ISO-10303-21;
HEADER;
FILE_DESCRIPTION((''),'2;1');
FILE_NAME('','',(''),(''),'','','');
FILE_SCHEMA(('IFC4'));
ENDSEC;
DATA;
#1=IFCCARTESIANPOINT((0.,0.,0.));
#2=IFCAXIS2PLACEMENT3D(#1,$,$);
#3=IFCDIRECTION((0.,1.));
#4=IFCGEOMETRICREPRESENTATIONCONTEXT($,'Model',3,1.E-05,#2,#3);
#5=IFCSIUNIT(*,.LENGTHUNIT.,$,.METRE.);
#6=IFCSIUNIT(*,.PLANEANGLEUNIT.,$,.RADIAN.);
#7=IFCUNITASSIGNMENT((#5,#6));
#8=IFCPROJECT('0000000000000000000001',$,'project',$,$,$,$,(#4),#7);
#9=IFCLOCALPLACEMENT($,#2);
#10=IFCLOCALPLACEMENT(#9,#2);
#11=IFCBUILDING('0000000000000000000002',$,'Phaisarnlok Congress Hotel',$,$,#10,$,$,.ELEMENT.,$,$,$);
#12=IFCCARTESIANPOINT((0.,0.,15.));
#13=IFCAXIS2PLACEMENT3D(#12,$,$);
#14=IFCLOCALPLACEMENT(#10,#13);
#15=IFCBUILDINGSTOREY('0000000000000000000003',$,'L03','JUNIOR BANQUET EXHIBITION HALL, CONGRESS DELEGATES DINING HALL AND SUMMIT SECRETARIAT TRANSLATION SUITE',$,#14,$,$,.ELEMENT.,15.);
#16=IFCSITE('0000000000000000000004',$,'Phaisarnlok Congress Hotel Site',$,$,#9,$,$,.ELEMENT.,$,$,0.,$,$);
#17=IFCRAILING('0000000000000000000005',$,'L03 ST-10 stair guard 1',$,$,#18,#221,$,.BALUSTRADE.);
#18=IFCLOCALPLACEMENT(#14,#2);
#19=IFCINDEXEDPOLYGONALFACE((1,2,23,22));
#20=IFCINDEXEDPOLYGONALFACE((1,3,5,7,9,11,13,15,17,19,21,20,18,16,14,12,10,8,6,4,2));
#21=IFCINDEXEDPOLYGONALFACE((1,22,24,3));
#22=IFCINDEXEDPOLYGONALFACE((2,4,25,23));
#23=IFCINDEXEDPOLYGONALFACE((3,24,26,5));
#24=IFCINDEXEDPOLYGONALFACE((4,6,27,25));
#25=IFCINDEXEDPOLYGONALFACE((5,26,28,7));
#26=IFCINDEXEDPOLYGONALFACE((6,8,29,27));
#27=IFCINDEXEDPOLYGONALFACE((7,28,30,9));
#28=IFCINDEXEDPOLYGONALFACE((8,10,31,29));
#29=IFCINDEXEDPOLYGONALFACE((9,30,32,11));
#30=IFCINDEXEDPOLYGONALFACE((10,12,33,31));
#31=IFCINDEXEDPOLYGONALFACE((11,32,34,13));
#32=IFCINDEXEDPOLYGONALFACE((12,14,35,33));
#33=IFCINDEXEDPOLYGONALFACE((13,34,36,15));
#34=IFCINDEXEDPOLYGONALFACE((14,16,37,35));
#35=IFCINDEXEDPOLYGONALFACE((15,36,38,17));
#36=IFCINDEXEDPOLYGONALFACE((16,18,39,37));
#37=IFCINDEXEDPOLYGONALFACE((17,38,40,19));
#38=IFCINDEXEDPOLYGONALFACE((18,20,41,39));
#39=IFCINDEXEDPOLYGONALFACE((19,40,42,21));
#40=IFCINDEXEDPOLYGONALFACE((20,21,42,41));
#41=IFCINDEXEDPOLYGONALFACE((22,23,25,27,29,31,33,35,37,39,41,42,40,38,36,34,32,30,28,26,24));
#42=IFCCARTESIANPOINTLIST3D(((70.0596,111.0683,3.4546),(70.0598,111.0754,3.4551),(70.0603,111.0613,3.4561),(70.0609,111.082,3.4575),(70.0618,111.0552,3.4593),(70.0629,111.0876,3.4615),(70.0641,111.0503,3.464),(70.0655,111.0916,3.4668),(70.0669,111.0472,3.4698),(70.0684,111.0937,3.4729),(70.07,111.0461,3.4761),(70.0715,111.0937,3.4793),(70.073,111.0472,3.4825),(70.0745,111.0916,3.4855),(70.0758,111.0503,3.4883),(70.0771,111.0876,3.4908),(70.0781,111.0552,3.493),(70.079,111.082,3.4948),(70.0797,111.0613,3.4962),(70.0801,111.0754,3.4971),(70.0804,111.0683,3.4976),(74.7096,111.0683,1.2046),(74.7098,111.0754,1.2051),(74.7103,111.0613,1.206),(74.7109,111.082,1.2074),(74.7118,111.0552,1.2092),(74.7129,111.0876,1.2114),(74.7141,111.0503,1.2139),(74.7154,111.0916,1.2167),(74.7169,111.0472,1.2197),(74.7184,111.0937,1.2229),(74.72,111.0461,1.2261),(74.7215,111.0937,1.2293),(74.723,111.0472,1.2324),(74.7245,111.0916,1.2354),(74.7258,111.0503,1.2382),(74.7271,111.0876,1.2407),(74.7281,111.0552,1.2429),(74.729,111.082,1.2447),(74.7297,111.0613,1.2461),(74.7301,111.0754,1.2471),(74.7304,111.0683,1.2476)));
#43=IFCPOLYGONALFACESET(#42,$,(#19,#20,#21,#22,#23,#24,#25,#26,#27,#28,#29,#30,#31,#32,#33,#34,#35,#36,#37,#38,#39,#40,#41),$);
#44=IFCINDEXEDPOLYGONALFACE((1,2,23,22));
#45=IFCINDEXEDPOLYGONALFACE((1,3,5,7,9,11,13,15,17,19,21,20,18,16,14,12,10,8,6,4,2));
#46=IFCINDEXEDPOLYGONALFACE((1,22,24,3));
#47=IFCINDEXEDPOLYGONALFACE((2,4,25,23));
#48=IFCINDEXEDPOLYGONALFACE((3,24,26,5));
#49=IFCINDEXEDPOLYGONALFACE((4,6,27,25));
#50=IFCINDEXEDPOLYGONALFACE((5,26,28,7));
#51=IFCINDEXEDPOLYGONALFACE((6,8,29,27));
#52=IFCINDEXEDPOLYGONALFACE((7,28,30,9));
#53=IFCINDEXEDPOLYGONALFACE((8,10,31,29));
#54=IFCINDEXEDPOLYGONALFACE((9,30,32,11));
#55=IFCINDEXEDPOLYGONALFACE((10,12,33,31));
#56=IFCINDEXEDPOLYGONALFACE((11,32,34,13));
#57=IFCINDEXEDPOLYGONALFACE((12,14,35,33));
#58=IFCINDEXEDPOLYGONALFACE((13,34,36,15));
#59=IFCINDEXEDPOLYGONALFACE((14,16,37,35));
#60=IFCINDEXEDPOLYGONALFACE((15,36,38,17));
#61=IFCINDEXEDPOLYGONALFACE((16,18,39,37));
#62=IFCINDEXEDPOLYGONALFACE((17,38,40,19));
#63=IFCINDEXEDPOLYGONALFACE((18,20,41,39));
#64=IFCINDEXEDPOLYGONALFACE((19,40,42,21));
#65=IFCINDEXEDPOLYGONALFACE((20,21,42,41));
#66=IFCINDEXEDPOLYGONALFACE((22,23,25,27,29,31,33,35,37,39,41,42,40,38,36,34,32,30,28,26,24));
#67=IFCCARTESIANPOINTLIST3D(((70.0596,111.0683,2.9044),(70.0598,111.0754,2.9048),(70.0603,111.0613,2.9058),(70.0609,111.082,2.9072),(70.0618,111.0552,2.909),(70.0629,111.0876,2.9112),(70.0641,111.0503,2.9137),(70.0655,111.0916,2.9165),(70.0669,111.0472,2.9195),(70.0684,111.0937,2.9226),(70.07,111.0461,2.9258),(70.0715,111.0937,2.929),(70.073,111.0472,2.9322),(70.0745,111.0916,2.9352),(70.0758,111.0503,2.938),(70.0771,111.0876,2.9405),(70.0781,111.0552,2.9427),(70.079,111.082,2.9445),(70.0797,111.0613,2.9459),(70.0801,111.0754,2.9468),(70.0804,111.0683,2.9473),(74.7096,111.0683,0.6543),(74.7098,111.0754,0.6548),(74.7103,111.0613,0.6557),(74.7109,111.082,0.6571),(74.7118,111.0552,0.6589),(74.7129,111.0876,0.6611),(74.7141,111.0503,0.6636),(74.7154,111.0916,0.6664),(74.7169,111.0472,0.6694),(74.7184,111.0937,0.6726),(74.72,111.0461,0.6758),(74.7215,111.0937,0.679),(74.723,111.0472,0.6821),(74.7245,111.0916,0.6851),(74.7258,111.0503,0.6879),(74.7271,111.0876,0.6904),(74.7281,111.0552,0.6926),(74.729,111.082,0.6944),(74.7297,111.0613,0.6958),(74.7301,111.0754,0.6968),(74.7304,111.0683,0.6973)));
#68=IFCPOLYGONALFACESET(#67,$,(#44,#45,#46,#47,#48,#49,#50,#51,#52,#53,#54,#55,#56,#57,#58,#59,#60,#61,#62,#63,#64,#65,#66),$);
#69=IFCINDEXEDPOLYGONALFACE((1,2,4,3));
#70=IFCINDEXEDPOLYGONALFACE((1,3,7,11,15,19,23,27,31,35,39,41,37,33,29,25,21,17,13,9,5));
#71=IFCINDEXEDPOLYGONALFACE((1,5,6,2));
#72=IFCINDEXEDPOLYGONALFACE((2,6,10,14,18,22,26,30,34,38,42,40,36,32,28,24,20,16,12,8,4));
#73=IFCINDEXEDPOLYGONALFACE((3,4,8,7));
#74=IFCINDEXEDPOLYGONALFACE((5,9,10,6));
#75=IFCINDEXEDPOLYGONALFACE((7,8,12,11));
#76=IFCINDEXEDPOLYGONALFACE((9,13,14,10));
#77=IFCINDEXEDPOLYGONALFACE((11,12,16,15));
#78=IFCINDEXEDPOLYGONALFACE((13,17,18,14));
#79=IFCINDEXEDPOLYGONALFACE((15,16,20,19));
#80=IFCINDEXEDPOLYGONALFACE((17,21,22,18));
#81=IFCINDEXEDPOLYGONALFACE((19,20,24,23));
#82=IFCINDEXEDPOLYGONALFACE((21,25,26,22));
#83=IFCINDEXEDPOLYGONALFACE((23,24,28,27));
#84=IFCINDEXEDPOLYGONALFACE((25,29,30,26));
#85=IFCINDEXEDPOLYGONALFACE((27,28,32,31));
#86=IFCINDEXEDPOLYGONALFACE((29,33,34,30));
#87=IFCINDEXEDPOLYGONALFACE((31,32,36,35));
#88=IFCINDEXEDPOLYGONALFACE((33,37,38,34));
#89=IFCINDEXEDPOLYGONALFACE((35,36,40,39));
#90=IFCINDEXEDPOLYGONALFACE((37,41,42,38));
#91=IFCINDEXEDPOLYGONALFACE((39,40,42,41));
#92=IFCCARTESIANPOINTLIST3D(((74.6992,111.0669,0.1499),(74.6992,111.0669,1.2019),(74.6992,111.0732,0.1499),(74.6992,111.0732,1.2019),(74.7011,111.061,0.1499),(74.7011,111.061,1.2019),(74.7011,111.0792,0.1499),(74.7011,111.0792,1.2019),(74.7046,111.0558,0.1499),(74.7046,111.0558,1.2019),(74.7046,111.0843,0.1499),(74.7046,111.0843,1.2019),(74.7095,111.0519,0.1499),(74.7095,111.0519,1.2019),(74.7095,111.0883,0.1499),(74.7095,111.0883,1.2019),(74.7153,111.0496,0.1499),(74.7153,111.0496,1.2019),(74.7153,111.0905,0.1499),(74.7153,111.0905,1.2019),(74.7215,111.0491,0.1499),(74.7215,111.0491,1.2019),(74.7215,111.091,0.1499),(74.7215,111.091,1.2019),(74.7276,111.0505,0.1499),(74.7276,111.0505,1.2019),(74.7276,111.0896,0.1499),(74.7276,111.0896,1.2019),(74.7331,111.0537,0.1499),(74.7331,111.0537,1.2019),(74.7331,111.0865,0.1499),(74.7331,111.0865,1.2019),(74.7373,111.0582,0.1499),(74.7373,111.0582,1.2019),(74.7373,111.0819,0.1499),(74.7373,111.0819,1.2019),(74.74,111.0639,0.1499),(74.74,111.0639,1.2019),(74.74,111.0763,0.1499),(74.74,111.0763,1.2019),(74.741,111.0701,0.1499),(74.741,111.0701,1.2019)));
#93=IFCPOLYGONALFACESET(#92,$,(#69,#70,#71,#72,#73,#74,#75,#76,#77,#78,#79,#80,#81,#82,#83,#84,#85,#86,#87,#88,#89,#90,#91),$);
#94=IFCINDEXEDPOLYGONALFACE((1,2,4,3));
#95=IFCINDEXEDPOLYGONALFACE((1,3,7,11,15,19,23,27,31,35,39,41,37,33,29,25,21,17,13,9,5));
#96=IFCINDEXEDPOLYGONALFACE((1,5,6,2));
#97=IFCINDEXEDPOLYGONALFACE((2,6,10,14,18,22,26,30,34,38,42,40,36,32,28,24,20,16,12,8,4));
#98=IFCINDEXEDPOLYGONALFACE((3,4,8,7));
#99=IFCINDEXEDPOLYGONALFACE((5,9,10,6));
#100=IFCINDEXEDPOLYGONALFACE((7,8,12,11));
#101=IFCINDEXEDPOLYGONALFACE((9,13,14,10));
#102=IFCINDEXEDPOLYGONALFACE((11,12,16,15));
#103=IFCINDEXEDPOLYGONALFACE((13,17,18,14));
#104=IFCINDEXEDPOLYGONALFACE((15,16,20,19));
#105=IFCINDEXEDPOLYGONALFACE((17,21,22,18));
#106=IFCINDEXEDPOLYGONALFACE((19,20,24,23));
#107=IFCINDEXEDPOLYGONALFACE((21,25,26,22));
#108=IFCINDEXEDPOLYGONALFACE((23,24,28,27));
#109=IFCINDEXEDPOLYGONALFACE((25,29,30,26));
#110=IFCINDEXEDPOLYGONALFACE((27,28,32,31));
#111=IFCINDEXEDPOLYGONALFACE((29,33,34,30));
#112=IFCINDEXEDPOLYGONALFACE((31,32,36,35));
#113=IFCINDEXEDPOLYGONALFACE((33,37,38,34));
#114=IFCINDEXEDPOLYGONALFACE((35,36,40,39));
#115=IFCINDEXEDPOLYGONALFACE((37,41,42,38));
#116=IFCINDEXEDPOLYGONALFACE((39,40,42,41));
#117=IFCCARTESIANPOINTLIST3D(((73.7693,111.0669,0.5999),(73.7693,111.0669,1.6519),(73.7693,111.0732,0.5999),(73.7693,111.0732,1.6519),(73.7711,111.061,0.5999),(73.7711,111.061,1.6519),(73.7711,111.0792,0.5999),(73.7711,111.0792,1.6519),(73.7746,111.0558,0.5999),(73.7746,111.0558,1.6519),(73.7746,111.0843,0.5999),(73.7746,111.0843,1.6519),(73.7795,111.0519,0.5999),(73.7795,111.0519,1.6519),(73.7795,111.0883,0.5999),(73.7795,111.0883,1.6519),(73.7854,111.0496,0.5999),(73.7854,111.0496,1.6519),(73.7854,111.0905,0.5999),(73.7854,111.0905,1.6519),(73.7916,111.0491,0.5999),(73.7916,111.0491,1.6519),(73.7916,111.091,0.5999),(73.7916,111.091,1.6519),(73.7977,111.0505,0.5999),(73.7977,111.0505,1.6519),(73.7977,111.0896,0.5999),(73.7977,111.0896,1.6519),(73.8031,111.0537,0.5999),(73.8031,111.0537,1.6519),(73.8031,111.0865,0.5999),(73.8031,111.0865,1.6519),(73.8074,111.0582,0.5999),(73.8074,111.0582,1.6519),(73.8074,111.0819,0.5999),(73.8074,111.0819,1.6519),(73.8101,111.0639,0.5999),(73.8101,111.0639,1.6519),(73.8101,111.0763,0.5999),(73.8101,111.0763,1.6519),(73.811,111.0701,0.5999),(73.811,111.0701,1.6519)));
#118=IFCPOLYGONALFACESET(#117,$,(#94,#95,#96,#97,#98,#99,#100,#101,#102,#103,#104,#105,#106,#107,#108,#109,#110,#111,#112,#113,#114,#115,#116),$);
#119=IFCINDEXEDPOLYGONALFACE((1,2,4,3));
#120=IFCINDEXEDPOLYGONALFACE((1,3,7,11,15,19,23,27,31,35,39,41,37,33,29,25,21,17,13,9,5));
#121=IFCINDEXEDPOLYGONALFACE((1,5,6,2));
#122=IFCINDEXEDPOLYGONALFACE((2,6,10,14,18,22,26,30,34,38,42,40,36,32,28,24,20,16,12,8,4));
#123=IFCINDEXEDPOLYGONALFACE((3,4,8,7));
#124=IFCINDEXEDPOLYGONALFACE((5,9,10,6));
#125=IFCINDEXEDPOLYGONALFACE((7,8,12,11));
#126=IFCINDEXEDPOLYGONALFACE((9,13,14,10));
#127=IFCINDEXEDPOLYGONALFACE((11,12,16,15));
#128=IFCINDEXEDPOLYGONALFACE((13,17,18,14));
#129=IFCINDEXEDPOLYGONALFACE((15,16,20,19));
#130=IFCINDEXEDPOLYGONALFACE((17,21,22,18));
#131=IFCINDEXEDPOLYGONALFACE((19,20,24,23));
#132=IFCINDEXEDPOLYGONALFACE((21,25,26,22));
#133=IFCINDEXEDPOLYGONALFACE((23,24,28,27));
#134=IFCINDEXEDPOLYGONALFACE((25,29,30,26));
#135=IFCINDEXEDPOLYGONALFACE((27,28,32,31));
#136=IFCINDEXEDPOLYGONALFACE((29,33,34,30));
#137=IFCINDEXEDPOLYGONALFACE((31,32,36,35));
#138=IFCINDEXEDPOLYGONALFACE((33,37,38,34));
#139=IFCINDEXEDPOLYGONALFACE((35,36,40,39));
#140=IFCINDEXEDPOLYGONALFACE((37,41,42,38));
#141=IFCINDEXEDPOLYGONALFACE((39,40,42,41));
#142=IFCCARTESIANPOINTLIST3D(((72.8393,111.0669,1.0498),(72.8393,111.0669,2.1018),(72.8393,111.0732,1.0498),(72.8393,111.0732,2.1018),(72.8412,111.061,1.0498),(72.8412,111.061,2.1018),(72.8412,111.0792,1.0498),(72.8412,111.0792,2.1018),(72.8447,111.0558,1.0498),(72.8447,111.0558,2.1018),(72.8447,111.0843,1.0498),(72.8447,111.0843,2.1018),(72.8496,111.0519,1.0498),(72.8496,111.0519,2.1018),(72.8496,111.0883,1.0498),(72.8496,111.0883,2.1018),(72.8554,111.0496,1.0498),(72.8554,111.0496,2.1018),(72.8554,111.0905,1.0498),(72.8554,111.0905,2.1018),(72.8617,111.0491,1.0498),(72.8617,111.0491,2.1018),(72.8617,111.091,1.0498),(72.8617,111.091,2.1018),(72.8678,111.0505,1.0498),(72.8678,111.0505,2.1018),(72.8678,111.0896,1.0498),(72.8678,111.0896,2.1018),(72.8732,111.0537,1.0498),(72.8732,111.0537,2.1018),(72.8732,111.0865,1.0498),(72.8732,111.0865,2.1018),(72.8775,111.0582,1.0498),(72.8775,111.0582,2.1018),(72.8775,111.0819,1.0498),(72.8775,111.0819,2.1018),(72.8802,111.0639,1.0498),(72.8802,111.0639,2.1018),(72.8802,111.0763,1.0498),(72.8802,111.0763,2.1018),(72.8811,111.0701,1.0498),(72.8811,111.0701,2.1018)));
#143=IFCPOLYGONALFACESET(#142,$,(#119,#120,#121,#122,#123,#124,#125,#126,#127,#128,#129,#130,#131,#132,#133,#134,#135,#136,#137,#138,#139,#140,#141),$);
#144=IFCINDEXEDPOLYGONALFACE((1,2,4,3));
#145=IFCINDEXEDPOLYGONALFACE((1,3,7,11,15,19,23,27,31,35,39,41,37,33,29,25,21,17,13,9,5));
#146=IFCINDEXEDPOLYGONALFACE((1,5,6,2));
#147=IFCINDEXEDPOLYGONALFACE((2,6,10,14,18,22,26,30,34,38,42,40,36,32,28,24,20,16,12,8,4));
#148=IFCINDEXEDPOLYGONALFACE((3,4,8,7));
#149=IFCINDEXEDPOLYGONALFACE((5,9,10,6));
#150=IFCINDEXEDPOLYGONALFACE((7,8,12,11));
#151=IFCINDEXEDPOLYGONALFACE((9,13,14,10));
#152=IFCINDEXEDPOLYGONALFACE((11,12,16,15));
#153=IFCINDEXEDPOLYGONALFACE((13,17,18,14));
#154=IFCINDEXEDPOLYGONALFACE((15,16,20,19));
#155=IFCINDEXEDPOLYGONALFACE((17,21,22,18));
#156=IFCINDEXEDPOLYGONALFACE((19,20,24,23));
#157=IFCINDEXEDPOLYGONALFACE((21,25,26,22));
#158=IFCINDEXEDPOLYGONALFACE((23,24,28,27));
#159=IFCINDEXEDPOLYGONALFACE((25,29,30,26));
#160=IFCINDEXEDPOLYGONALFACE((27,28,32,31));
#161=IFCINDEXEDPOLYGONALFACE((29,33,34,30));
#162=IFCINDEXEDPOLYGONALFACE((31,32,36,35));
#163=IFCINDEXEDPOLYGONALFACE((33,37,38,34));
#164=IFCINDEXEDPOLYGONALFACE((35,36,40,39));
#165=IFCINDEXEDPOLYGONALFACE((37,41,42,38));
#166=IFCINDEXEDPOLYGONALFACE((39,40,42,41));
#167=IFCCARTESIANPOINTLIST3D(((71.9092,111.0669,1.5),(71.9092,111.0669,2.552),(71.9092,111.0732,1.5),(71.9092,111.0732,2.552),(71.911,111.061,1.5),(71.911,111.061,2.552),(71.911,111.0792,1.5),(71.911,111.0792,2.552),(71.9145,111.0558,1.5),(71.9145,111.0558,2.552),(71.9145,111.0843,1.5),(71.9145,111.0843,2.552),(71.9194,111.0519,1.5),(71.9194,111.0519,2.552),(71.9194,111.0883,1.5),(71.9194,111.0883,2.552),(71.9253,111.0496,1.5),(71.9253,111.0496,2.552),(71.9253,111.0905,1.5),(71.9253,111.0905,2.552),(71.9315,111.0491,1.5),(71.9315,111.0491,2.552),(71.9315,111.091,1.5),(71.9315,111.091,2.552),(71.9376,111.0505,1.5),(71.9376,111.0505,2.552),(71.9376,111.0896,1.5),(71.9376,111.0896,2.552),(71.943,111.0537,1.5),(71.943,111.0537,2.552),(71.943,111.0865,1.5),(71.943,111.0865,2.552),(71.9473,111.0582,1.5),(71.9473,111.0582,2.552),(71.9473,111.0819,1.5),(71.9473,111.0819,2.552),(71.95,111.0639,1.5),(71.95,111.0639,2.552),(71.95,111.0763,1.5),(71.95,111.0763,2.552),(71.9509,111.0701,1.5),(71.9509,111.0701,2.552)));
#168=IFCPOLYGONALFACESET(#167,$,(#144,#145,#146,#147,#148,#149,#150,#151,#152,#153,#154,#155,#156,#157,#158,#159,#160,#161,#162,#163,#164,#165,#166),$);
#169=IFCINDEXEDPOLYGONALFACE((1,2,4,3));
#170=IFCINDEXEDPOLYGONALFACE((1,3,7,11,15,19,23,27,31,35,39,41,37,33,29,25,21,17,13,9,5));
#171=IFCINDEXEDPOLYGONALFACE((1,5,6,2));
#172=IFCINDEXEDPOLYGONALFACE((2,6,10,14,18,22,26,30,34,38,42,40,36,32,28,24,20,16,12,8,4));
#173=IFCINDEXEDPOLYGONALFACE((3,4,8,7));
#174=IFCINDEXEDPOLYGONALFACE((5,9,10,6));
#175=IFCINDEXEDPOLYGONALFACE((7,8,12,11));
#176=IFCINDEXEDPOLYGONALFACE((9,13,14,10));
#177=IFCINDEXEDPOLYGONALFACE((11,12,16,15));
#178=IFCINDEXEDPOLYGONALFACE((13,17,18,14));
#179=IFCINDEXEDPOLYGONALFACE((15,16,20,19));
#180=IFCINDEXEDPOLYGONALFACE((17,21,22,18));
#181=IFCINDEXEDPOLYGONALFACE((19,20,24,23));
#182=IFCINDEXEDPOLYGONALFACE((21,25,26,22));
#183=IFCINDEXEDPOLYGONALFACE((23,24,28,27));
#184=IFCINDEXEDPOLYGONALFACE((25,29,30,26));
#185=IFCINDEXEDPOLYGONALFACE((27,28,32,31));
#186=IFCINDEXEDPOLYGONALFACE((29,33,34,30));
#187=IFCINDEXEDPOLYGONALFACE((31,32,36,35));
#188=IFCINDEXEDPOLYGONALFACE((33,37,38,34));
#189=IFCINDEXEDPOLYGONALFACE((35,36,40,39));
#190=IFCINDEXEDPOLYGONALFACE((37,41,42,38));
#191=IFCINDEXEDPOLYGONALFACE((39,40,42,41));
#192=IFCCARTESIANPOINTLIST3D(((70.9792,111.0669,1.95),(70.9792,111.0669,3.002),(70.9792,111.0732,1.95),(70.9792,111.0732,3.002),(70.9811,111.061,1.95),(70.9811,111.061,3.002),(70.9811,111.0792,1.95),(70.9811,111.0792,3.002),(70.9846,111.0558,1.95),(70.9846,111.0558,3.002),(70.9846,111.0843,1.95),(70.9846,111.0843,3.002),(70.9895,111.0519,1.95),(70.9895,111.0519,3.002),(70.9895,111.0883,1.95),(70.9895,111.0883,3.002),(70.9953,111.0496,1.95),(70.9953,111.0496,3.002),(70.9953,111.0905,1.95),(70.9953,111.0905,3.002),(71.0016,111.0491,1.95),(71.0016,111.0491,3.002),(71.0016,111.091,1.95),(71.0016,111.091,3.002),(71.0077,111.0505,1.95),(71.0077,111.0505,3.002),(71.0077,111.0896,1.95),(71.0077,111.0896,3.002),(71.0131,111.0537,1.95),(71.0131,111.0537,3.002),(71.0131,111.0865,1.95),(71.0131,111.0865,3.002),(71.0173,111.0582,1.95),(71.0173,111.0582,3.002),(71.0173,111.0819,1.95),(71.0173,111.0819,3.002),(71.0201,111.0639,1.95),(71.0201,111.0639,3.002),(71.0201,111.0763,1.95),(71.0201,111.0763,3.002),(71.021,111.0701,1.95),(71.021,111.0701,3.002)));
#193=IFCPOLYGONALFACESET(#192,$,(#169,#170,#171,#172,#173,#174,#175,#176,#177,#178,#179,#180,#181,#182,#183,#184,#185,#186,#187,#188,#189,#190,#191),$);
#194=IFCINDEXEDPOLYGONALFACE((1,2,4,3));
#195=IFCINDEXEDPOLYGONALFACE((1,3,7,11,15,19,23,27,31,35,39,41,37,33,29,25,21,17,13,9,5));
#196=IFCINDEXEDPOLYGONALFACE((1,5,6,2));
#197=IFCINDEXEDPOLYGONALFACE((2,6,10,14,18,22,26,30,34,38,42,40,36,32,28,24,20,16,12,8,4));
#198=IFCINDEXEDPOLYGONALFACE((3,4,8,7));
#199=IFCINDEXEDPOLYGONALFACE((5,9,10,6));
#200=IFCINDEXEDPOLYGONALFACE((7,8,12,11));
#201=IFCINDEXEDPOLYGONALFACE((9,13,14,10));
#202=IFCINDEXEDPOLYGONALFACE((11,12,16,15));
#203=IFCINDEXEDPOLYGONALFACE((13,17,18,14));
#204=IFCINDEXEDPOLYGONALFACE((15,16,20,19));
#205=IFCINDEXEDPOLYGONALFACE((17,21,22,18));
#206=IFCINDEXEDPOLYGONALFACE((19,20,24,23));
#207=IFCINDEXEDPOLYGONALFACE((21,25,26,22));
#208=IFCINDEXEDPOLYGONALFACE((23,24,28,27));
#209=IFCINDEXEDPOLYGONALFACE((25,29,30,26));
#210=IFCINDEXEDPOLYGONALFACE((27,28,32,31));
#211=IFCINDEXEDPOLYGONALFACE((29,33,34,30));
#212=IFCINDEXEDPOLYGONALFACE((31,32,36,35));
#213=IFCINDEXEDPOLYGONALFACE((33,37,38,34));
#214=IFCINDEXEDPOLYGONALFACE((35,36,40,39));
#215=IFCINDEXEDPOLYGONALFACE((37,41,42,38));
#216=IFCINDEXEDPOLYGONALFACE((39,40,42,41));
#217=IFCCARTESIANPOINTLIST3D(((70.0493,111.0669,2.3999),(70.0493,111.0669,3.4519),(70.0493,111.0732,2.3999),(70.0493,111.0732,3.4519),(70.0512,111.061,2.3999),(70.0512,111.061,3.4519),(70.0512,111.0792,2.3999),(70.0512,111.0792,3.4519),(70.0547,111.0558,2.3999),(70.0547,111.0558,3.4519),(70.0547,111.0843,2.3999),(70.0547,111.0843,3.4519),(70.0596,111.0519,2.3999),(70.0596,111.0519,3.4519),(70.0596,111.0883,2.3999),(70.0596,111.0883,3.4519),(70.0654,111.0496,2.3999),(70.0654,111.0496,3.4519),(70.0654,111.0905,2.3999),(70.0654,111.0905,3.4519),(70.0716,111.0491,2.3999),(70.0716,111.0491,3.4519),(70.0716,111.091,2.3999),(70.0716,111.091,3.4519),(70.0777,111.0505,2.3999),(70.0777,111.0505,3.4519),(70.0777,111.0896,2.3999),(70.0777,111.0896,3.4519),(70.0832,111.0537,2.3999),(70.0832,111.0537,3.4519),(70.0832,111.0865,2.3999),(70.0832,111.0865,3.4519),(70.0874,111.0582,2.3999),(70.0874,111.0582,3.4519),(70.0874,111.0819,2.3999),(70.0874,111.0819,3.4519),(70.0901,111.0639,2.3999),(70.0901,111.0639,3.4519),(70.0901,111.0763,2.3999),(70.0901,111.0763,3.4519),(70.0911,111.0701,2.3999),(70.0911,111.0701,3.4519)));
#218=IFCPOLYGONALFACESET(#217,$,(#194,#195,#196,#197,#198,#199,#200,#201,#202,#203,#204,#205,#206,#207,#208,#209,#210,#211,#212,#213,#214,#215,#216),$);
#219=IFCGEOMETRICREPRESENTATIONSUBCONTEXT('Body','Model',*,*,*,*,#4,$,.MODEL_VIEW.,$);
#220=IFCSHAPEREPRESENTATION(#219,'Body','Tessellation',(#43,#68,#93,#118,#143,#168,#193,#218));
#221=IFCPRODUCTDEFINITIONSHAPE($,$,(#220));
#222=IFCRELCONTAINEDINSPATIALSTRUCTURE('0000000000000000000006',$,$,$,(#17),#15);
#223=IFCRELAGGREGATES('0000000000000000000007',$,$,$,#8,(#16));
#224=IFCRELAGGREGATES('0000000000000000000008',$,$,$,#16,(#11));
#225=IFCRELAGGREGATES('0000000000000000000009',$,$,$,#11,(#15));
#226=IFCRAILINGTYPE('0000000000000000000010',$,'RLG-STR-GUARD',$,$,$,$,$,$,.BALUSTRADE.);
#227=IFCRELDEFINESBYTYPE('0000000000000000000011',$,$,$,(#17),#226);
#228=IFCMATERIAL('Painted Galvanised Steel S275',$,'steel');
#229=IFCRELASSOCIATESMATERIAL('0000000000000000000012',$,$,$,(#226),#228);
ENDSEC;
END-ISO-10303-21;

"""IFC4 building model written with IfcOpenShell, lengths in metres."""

from ifc_helpers import new_model, si_unit, direction, frame, origin, origin_2d, place, context, subcontext, project, spatial, circle, extrude, material, type_object, element, save


model = new_model("IFC4")

# Units and contexts
model_context = context("Model", 3, precision=1e-05, world=origin(), true_north=direction((0.0, 1.0)))
body_context = subcontext(model_context, "Body", "Model", "MODEL_VIEW")
ifc_project = project(units=[si_unit("LENGTHUNIT", "METRE"), si_unit("PLANEANGLEUNIT", "RADIAN")], contexts=[model_context])

# Site, building, storey
site_placement = place(None, origin())
site = spatial("IfcSite", under=ifc_project, at=site_placement, Name="Phaisarnlok Congress Hotel Site", CompositionType="ELEMENT", RefElevation=0.0)
building_placement = place(site_placement, origin())
building = spatial("IfcBuilding", under=site, at=building_placement, Name="Phaisarnlok Congress Hotel", CompositionType="ELEMENT")
storey_placement = place(building_placement, frame((0.0, 0.0, 15.0)))
storey = spatial("IfcBuildingStorey", under=building, at=storey_placement, Name="L03", Description="JUNIOR BANQUET EXHIBITION HALL, CONGRESS DELEGATES DINING HALL AND SUMMIT SECRETARIAT TRANSLATION SUITE", CompositionType="ELEMENT", Elevation=15.0)

# Railing
ifc_material_1 = material(Name="Painted Galvanised Steel S275", Category="steel")
railing_type_1 = type_object("IfcRailingType", Name="RLG-STR-GUARD", PredefinedType="BALUSTRADE", material=ifc_material_1)
railing_1_placement = place(storey_placement, frame((74.72, 111.0701, 0.1499)))
element("IfcRailing", 1, at=railing_1_placement, inside=storey, type_object=railing_type_1, Name="L03 ST-10 stair guard 1", PredefinedType="BALUSTRADE", context=body_context, shape_type="SweptSolid", body=[
    extrude(circle(Radius=0.0239, at=origin_2d()), frame((0.0, 0.0, 1.0762), z_axis=(-0.900156, 0.0, 0.435568), x_axis=(0.0, -1.0, 0.0)), (0.0, 0.0, 1.0), 5.1658),
    extrude(circle(Radius=0.0239, at=origin_2d()), frame((0.0, 0.0, 0.5259), z_axis=(-0.900156, 0.0, 0.435568), x_axis=(0.0, -1.0, 0.0)), (0.0, 0.0, 1.0), 5.1658),
    extrude(circle(Radius=0.021, at=origin_2d()), origin(), (0.0, 0.0, 1.0), 1.052),
    extrude(circle(Radius=0.021, at=origin_2d()), frame((-0.9299, 0.0, 0.45)), (0.0, 0.0, 1.0), 1.052),
    extrude(circle(Radius=0.021, at=origin_2d()), frame((-1.8599, 0.0, 0.8999)), (0.0, 0.0, 1.0), 1.052),
    extrude(circle(Radius=0.021, at=origin_2d()), frame((-2.79, 0.0, 1.3501)), (0.0, 0.0, 1.0), 1.052),
    extrude(circle(Radius=0.021, at=origin_2d()), frame((-3.72, 0.0, 1.8)), (0.0, 0.0, 1.0), 1.052),
    extrude(circle(Radius=0.021, at=origin_2d()), frame((-4.6499, 0.0, 2.25)), (0.0, 0.0, 1.0), 1.052),
])

save(model, "model.ifc")
